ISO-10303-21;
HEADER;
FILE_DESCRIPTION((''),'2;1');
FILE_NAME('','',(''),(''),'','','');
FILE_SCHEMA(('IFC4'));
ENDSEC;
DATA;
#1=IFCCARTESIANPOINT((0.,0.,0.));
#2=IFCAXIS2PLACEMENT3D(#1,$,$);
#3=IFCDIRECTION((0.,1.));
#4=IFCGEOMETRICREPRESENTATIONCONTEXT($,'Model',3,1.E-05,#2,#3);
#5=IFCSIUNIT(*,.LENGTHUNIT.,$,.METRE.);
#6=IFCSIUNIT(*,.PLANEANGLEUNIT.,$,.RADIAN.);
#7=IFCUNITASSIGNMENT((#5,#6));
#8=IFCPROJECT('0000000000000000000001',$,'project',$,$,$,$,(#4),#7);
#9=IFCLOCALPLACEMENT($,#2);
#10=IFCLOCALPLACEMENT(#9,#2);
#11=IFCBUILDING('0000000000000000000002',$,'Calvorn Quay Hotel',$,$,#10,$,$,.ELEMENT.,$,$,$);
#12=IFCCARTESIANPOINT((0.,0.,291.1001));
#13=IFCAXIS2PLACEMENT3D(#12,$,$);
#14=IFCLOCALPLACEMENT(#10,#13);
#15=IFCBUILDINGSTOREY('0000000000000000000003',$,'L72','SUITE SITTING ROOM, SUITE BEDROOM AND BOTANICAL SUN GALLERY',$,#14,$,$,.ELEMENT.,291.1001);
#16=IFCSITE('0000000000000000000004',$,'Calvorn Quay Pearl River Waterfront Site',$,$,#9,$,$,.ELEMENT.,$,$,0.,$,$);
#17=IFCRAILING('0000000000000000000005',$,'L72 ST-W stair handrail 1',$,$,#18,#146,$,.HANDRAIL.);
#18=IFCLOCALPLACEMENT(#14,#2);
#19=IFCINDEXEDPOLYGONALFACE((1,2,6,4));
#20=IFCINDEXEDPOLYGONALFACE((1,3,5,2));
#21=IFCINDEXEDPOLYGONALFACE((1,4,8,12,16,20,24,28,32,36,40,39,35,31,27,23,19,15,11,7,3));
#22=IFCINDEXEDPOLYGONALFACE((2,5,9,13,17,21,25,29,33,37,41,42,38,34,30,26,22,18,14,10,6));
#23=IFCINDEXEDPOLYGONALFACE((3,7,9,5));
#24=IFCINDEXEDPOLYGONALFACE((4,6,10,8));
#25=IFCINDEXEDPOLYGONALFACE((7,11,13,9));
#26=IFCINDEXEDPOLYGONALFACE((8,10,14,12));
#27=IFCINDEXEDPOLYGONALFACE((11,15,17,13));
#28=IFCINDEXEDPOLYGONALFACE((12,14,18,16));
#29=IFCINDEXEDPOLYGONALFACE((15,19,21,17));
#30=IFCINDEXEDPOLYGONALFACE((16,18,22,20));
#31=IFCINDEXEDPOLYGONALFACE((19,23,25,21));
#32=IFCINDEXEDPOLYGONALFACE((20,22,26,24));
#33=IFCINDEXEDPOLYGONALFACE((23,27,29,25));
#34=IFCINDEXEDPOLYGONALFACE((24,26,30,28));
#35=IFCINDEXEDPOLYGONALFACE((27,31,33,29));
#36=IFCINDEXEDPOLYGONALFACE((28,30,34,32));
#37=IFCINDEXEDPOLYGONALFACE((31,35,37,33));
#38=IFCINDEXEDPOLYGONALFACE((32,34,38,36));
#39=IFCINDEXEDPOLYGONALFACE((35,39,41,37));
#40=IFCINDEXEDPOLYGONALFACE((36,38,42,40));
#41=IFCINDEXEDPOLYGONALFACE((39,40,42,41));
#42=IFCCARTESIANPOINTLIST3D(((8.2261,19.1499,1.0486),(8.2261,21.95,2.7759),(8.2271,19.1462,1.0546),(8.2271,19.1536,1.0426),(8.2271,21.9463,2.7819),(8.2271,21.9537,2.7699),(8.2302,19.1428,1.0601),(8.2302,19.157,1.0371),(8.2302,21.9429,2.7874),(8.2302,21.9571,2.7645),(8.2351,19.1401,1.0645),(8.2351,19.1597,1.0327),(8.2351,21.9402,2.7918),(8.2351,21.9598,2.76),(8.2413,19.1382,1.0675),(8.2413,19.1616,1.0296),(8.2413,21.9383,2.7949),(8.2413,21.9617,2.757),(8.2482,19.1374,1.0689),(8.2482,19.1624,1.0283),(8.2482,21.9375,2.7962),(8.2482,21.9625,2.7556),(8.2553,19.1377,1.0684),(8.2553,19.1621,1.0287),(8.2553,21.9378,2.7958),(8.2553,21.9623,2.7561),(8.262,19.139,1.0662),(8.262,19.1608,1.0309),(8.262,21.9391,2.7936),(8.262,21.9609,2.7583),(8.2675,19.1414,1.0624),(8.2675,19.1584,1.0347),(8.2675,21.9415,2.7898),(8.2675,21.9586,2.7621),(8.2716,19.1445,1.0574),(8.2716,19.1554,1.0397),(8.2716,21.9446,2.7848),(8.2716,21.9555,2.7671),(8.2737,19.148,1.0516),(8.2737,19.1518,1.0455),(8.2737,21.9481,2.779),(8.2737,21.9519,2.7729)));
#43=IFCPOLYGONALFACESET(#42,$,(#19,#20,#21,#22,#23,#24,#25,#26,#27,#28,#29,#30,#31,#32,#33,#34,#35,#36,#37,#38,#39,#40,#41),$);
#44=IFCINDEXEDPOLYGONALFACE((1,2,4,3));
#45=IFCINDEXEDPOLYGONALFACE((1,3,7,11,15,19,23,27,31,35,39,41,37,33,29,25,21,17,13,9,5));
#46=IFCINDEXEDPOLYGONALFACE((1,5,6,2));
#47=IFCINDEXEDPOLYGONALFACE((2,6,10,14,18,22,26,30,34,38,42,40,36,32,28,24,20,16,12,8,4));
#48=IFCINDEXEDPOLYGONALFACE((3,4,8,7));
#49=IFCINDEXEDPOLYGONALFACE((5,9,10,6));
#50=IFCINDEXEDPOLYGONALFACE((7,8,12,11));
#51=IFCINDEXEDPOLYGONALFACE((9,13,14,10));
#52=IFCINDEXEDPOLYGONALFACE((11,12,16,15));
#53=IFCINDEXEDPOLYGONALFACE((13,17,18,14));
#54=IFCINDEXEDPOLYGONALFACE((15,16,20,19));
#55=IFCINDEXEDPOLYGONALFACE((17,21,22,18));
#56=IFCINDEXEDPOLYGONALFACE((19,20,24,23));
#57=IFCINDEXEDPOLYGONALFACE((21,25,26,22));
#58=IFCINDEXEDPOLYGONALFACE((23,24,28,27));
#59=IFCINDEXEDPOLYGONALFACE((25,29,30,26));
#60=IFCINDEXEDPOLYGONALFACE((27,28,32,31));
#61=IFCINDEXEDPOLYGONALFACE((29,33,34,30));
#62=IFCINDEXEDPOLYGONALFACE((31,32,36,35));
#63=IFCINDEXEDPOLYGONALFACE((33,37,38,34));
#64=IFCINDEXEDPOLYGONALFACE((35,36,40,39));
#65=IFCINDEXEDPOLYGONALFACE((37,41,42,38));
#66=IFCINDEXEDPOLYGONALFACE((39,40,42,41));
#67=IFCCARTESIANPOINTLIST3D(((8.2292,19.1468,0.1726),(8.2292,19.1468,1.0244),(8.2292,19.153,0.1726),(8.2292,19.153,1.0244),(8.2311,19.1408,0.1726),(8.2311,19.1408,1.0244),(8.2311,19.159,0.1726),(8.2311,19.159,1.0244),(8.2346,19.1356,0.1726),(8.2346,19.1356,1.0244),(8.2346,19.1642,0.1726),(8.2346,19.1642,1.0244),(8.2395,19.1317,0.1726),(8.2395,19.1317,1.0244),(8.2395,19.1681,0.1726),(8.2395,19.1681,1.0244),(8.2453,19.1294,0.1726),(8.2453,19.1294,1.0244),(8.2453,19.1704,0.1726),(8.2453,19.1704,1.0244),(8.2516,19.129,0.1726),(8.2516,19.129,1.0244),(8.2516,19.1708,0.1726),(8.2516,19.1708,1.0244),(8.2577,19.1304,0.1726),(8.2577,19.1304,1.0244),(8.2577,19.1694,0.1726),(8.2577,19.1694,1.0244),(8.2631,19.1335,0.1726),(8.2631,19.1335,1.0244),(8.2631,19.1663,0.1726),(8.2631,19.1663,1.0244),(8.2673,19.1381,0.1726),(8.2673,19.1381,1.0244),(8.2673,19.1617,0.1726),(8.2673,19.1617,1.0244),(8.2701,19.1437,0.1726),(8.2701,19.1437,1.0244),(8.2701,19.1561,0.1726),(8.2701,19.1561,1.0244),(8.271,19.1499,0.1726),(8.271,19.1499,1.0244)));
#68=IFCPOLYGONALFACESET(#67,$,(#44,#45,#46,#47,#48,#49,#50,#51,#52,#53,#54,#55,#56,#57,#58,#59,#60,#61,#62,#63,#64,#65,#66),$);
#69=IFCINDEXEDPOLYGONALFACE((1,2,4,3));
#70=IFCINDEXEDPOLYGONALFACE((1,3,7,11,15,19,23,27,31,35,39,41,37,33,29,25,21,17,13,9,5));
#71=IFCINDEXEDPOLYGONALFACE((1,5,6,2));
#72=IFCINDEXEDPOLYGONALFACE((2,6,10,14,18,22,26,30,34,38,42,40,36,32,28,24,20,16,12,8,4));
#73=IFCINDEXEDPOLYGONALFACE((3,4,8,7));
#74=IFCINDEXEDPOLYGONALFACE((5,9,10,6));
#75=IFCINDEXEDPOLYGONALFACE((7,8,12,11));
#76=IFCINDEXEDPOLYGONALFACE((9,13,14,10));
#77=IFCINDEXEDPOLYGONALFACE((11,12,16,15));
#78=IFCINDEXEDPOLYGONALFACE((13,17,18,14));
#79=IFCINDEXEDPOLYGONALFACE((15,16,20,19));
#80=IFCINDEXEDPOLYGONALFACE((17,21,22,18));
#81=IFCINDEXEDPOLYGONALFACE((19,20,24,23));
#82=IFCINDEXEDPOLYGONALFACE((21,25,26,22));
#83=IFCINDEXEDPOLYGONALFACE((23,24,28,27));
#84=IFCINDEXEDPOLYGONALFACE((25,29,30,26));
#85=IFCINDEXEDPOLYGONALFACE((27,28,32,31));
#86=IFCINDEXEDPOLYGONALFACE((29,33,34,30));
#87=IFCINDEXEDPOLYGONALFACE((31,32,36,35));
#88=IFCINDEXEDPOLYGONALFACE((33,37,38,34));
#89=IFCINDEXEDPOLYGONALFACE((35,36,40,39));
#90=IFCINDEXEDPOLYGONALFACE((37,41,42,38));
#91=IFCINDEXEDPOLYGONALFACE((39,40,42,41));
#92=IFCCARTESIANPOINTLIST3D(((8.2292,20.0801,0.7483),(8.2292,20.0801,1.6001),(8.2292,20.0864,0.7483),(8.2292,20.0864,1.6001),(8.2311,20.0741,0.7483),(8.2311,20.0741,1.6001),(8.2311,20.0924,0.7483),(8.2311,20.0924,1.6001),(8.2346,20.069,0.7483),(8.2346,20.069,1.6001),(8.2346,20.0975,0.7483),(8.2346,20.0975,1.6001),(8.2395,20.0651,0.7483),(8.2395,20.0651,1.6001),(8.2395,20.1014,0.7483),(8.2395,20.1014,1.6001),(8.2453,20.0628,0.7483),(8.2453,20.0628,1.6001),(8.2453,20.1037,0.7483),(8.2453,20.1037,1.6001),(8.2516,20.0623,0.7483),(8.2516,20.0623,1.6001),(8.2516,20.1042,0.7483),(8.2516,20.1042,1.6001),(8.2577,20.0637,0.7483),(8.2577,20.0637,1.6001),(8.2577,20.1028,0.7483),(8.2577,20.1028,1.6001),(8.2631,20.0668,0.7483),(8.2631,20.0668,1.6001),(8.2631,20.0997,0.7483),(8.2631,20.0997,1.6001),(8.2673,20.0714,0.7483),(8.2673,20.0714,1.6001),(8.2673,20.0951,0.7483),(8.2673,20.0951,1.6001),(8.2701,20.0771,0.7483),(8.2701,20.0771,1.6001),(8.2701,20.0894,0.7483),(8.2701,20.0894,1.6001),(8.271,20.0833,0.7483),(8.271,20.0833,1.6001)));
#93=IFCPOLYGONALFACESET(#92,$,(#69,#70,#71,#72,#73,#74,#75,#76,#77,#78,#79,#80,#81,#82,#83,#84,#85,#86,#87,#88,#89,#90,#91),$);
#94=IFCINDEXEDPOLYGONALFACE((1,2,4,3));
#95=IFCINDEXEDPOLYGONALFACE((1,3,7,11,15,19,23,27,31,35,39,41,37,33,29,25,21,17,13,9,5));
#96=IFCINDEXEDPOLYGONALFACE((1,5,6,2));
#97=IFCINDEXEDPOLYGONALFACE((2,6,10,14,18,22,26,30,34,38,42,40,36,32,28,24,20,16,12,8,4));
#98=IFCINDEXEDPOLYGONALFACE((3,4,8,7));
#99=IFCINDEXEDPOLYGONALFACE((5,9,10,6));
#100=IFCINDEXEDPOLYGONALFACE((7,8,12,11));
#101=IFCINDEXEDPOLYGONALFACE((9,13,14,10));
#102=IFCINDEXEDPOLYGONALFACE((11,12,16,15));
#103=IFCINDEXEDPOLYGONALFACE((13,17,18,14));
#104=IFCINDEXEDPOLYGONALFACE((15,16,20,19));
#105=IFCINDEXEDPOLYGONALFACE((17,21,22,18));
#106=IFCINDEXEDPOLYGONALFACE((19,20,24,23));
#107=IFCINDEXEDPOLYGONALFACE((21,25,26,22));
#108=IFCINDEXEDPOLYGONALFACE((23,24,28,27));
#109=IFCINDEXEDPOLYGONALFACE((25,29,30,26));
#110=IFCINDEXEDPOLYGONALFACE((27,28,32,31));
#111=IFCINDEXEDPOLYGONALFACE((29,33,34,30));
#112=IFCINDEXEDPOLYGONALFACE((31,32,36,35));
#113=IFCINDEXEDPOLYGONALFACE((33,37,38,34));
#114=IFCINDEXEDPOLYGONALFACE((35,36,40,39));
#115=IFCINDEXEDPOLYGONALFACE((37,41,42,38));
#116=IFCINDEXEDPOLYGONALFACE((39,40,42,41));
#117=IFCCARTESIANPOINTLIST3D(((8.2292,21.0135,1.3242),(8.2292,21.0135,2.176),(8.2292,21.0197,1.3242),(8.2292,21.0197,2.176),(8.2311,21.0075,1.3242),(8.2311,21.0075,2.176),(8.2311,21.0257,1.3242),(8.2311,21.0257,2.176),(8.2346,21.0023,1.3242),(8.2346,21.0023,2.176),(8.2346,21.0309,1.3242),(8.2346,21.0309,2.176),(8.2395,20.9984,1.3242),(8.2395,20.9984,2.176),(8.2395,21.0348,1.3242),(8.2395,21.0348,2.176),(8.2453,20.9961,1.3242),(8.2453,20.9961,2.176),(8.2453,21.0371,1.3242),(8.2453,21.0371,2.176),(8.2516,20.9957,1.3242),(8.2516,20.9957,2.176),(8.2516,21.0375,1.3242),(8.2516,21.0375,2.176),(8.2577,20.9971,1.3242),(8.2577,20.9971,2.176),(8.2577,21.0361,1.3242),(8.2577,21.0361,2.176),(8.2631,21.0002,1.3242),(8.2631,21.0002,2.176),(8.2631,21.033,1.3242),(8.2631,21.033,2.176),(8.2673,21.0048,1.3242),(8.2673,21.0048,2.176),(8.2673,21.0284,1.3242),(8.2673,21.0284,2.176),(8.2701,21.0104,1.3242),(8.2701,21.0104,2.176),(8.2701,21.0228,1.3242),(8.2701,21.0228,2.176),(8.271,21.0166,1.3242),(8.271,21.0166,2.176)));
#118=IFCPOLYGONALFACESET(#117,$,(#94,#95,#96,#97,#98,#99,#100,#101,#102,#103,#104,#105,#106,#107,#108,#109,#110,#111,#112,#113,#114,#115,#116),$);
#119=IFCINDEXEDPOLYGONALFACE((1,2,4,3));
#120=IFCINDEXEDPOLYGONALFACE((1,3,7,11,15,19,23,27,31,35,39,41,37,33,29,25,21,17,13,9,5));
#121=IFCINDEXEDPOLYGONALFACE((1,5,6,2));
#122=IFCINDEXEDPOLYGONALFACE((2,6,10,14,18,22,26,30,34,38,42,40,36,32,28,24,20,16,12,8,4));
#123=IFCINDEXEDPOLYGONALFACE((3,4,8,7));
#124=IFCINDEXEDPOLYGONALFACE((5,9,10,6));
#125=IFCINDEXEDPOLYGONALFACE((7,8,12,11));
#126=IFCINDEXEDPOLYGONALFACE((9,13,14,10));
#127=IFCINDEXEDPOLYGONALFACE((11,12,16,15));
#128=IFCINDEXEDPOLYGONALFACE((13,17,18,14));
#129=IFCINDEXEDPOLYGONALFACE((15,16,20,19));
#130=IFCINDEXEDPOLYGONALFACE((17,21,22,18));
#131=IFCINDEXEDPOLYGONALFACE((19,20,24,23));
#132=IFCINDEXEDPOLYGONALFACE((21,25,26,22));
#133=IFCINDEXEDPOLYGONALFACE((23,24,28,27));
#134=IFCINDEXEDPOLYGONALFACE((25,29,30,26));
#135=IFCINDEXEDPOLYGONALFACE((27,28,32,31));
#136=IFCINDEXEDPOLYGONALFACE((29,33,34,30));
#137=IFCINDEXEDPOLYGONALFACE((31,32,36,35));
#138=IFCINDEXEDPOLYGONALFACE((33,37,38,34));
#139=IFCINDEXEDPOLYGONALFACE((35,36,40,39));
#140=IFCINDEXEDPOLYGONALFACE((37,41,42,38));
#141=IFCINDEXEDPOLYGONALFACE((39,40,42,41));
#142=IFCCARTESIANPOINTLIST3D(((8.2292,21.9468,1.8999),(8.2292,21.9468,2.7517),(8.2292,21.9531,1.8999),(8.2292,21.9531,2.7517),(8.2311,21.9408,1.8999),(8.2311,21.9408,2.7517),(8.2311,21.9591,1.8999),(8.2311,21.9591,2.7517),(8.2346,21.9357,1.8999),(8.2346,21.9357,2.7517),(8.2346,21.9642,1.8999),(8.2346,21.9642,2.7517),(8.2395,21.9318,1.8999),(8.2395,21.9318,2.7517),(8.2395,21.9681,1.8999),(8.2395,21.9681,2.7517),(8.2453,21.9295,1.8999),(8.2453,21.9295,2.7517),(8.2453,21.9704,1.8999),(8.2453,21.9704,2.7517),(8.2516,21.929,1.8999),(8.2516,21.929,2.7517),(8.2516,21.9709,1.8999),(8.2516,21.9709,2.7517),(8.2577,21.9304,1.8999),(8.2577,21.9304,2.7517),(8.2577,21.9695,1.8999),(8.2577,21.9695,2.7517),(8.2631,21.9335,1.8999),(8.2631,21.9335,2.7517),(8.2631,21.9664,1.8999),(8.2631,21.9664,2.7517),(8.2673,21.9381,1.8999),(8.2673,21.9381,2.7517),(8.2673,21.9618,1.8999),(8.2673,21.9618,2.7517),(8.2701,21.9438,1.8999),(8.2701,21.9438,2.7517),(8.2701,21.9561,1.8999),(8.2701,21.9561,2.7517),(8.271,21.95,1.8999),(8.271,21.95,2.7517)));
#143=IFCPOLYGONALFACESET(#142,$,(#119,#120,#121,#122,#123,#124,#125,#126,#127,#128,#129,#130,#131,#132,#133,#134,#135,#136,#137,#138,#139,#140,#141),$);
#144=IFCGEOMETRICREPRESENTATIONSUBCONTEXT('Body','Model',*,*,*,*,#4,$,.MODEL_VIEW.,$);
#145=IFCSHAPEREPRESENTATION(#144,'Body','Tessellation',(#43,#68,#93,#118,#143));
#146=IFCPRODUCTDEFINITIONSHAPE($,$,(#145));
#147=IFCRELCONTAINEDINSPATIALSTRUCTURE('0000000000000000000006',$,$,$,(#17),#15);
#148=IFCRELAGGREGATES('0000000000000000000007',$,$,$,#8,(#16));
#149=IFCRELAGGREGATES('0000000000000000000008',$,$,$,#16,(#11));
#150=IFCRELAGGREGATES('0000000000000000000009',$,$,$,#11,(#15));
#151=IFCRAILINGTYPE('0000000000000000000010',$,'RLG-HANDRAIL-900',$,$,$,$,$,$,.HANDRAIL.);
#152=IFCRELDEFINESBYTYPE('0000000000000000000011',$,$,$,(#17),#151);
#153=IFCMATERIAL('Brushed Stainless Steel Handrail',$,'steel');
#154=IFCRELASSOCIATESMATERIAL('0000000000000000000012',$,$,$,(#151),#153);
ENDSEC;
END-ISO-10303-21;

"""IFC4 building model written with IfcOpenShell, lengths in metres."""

from ifc_helpers import new_model, si_unit, direction, frame, origin, origin_2d, place, context, subcontext, project, spatial, circle, extrude, material, type_object, element, save


model = new_model("IFC4")

# Units and contexts
model_context = context("Model", 3, precision=1e-05, world=origin(), true_north=direction((0.0, 1.0)))
body_context = subcontext(model_context, "Body", "Model", "MODEL_VIEW")
ifc_project = project(units=[si_unit("LENGTHUNIT", "METRE"), si_unit("PLANEANGLEUNIT", "RADIAN")], contexts=[model_context])

# Site, building, storey
site_placement = place(None, origin())
site = spatial("IfcSite", under=ifc_project, at=site_placement, Name="Calvorn Quay Pearl River Waterfront Site", CompositionType="ELEMENT", RefElevation=0.0)
building_placement = place(site_placement, origin())
building = spatial("IfcBuilding", under=site, at=building_placement, Name="Calvorn Quay Hotel", CompositionType="ELEMENT")
storey_placement = place(building_placement, frame((0.0, 0.0, 291.1001)))
storey = spatial("IfcBuildingStorey", under=building, at=storey_placement, Name="L72", Description="SUITE SITTING ROOM, SUITE BEDROOM AND BOTANICAL SUN GALLERY", CompositionType="ELEMENT", Elevation=291.1001)

# Railing
ifc_material_1 = material(Name="Brushed Stainless Steel Handrail", Category="steel")
railing_type_1 = type_object("IfcRailingType", Name="RLG-HANDRAIL-900", PredefinedType="HANDRAIL", material=ifc_material_1)
railing_1_placement = place(storey_placement, frame((8.25, 19.1499, 0.1726)))
element("IfcRailing", 1, at=railing_1_placement, inside=storey, type_object=railing_type_1, Name="L72 ST-W stair handrail 1", PredefinedType="HANDRAIL", context=body_context, shape_type="SweptSolid", body=[
    extrude(circle(Radius=0.0239, at=origin_2d()), frame((0.0, 0.0, 0.876), z_axis=(0.0, 0.85109, 0.52502), x_axis=(-1.0, 0.0, 0.0)), (0.0, 0.0, 1.0), 3.29),
    extrude(circle(Radius=0.021, at=origin_2d()), origin(), (0.0, 0.0, 1.0), 0.8518),
    extrude(circle(Radius=0.021, at=origin_2d()), frame((0.0, 0.9333, 0.5757)), (0.0, 0.0, 1.0), 0.8518),
    extrude(circle(Radius=0.021, at=origin_2d()), frame((0.0, 1.8667, 1.1516)), (0.0, 0.0, 1.0), 0.8518),
    extrude(circle(Radius=0.021, at=origin_2d()), frame((0.0, 2.8, 1.7273)), (0.0, 0.0, 1.0), 0.8518),
])

save(model, "model.ifc")
